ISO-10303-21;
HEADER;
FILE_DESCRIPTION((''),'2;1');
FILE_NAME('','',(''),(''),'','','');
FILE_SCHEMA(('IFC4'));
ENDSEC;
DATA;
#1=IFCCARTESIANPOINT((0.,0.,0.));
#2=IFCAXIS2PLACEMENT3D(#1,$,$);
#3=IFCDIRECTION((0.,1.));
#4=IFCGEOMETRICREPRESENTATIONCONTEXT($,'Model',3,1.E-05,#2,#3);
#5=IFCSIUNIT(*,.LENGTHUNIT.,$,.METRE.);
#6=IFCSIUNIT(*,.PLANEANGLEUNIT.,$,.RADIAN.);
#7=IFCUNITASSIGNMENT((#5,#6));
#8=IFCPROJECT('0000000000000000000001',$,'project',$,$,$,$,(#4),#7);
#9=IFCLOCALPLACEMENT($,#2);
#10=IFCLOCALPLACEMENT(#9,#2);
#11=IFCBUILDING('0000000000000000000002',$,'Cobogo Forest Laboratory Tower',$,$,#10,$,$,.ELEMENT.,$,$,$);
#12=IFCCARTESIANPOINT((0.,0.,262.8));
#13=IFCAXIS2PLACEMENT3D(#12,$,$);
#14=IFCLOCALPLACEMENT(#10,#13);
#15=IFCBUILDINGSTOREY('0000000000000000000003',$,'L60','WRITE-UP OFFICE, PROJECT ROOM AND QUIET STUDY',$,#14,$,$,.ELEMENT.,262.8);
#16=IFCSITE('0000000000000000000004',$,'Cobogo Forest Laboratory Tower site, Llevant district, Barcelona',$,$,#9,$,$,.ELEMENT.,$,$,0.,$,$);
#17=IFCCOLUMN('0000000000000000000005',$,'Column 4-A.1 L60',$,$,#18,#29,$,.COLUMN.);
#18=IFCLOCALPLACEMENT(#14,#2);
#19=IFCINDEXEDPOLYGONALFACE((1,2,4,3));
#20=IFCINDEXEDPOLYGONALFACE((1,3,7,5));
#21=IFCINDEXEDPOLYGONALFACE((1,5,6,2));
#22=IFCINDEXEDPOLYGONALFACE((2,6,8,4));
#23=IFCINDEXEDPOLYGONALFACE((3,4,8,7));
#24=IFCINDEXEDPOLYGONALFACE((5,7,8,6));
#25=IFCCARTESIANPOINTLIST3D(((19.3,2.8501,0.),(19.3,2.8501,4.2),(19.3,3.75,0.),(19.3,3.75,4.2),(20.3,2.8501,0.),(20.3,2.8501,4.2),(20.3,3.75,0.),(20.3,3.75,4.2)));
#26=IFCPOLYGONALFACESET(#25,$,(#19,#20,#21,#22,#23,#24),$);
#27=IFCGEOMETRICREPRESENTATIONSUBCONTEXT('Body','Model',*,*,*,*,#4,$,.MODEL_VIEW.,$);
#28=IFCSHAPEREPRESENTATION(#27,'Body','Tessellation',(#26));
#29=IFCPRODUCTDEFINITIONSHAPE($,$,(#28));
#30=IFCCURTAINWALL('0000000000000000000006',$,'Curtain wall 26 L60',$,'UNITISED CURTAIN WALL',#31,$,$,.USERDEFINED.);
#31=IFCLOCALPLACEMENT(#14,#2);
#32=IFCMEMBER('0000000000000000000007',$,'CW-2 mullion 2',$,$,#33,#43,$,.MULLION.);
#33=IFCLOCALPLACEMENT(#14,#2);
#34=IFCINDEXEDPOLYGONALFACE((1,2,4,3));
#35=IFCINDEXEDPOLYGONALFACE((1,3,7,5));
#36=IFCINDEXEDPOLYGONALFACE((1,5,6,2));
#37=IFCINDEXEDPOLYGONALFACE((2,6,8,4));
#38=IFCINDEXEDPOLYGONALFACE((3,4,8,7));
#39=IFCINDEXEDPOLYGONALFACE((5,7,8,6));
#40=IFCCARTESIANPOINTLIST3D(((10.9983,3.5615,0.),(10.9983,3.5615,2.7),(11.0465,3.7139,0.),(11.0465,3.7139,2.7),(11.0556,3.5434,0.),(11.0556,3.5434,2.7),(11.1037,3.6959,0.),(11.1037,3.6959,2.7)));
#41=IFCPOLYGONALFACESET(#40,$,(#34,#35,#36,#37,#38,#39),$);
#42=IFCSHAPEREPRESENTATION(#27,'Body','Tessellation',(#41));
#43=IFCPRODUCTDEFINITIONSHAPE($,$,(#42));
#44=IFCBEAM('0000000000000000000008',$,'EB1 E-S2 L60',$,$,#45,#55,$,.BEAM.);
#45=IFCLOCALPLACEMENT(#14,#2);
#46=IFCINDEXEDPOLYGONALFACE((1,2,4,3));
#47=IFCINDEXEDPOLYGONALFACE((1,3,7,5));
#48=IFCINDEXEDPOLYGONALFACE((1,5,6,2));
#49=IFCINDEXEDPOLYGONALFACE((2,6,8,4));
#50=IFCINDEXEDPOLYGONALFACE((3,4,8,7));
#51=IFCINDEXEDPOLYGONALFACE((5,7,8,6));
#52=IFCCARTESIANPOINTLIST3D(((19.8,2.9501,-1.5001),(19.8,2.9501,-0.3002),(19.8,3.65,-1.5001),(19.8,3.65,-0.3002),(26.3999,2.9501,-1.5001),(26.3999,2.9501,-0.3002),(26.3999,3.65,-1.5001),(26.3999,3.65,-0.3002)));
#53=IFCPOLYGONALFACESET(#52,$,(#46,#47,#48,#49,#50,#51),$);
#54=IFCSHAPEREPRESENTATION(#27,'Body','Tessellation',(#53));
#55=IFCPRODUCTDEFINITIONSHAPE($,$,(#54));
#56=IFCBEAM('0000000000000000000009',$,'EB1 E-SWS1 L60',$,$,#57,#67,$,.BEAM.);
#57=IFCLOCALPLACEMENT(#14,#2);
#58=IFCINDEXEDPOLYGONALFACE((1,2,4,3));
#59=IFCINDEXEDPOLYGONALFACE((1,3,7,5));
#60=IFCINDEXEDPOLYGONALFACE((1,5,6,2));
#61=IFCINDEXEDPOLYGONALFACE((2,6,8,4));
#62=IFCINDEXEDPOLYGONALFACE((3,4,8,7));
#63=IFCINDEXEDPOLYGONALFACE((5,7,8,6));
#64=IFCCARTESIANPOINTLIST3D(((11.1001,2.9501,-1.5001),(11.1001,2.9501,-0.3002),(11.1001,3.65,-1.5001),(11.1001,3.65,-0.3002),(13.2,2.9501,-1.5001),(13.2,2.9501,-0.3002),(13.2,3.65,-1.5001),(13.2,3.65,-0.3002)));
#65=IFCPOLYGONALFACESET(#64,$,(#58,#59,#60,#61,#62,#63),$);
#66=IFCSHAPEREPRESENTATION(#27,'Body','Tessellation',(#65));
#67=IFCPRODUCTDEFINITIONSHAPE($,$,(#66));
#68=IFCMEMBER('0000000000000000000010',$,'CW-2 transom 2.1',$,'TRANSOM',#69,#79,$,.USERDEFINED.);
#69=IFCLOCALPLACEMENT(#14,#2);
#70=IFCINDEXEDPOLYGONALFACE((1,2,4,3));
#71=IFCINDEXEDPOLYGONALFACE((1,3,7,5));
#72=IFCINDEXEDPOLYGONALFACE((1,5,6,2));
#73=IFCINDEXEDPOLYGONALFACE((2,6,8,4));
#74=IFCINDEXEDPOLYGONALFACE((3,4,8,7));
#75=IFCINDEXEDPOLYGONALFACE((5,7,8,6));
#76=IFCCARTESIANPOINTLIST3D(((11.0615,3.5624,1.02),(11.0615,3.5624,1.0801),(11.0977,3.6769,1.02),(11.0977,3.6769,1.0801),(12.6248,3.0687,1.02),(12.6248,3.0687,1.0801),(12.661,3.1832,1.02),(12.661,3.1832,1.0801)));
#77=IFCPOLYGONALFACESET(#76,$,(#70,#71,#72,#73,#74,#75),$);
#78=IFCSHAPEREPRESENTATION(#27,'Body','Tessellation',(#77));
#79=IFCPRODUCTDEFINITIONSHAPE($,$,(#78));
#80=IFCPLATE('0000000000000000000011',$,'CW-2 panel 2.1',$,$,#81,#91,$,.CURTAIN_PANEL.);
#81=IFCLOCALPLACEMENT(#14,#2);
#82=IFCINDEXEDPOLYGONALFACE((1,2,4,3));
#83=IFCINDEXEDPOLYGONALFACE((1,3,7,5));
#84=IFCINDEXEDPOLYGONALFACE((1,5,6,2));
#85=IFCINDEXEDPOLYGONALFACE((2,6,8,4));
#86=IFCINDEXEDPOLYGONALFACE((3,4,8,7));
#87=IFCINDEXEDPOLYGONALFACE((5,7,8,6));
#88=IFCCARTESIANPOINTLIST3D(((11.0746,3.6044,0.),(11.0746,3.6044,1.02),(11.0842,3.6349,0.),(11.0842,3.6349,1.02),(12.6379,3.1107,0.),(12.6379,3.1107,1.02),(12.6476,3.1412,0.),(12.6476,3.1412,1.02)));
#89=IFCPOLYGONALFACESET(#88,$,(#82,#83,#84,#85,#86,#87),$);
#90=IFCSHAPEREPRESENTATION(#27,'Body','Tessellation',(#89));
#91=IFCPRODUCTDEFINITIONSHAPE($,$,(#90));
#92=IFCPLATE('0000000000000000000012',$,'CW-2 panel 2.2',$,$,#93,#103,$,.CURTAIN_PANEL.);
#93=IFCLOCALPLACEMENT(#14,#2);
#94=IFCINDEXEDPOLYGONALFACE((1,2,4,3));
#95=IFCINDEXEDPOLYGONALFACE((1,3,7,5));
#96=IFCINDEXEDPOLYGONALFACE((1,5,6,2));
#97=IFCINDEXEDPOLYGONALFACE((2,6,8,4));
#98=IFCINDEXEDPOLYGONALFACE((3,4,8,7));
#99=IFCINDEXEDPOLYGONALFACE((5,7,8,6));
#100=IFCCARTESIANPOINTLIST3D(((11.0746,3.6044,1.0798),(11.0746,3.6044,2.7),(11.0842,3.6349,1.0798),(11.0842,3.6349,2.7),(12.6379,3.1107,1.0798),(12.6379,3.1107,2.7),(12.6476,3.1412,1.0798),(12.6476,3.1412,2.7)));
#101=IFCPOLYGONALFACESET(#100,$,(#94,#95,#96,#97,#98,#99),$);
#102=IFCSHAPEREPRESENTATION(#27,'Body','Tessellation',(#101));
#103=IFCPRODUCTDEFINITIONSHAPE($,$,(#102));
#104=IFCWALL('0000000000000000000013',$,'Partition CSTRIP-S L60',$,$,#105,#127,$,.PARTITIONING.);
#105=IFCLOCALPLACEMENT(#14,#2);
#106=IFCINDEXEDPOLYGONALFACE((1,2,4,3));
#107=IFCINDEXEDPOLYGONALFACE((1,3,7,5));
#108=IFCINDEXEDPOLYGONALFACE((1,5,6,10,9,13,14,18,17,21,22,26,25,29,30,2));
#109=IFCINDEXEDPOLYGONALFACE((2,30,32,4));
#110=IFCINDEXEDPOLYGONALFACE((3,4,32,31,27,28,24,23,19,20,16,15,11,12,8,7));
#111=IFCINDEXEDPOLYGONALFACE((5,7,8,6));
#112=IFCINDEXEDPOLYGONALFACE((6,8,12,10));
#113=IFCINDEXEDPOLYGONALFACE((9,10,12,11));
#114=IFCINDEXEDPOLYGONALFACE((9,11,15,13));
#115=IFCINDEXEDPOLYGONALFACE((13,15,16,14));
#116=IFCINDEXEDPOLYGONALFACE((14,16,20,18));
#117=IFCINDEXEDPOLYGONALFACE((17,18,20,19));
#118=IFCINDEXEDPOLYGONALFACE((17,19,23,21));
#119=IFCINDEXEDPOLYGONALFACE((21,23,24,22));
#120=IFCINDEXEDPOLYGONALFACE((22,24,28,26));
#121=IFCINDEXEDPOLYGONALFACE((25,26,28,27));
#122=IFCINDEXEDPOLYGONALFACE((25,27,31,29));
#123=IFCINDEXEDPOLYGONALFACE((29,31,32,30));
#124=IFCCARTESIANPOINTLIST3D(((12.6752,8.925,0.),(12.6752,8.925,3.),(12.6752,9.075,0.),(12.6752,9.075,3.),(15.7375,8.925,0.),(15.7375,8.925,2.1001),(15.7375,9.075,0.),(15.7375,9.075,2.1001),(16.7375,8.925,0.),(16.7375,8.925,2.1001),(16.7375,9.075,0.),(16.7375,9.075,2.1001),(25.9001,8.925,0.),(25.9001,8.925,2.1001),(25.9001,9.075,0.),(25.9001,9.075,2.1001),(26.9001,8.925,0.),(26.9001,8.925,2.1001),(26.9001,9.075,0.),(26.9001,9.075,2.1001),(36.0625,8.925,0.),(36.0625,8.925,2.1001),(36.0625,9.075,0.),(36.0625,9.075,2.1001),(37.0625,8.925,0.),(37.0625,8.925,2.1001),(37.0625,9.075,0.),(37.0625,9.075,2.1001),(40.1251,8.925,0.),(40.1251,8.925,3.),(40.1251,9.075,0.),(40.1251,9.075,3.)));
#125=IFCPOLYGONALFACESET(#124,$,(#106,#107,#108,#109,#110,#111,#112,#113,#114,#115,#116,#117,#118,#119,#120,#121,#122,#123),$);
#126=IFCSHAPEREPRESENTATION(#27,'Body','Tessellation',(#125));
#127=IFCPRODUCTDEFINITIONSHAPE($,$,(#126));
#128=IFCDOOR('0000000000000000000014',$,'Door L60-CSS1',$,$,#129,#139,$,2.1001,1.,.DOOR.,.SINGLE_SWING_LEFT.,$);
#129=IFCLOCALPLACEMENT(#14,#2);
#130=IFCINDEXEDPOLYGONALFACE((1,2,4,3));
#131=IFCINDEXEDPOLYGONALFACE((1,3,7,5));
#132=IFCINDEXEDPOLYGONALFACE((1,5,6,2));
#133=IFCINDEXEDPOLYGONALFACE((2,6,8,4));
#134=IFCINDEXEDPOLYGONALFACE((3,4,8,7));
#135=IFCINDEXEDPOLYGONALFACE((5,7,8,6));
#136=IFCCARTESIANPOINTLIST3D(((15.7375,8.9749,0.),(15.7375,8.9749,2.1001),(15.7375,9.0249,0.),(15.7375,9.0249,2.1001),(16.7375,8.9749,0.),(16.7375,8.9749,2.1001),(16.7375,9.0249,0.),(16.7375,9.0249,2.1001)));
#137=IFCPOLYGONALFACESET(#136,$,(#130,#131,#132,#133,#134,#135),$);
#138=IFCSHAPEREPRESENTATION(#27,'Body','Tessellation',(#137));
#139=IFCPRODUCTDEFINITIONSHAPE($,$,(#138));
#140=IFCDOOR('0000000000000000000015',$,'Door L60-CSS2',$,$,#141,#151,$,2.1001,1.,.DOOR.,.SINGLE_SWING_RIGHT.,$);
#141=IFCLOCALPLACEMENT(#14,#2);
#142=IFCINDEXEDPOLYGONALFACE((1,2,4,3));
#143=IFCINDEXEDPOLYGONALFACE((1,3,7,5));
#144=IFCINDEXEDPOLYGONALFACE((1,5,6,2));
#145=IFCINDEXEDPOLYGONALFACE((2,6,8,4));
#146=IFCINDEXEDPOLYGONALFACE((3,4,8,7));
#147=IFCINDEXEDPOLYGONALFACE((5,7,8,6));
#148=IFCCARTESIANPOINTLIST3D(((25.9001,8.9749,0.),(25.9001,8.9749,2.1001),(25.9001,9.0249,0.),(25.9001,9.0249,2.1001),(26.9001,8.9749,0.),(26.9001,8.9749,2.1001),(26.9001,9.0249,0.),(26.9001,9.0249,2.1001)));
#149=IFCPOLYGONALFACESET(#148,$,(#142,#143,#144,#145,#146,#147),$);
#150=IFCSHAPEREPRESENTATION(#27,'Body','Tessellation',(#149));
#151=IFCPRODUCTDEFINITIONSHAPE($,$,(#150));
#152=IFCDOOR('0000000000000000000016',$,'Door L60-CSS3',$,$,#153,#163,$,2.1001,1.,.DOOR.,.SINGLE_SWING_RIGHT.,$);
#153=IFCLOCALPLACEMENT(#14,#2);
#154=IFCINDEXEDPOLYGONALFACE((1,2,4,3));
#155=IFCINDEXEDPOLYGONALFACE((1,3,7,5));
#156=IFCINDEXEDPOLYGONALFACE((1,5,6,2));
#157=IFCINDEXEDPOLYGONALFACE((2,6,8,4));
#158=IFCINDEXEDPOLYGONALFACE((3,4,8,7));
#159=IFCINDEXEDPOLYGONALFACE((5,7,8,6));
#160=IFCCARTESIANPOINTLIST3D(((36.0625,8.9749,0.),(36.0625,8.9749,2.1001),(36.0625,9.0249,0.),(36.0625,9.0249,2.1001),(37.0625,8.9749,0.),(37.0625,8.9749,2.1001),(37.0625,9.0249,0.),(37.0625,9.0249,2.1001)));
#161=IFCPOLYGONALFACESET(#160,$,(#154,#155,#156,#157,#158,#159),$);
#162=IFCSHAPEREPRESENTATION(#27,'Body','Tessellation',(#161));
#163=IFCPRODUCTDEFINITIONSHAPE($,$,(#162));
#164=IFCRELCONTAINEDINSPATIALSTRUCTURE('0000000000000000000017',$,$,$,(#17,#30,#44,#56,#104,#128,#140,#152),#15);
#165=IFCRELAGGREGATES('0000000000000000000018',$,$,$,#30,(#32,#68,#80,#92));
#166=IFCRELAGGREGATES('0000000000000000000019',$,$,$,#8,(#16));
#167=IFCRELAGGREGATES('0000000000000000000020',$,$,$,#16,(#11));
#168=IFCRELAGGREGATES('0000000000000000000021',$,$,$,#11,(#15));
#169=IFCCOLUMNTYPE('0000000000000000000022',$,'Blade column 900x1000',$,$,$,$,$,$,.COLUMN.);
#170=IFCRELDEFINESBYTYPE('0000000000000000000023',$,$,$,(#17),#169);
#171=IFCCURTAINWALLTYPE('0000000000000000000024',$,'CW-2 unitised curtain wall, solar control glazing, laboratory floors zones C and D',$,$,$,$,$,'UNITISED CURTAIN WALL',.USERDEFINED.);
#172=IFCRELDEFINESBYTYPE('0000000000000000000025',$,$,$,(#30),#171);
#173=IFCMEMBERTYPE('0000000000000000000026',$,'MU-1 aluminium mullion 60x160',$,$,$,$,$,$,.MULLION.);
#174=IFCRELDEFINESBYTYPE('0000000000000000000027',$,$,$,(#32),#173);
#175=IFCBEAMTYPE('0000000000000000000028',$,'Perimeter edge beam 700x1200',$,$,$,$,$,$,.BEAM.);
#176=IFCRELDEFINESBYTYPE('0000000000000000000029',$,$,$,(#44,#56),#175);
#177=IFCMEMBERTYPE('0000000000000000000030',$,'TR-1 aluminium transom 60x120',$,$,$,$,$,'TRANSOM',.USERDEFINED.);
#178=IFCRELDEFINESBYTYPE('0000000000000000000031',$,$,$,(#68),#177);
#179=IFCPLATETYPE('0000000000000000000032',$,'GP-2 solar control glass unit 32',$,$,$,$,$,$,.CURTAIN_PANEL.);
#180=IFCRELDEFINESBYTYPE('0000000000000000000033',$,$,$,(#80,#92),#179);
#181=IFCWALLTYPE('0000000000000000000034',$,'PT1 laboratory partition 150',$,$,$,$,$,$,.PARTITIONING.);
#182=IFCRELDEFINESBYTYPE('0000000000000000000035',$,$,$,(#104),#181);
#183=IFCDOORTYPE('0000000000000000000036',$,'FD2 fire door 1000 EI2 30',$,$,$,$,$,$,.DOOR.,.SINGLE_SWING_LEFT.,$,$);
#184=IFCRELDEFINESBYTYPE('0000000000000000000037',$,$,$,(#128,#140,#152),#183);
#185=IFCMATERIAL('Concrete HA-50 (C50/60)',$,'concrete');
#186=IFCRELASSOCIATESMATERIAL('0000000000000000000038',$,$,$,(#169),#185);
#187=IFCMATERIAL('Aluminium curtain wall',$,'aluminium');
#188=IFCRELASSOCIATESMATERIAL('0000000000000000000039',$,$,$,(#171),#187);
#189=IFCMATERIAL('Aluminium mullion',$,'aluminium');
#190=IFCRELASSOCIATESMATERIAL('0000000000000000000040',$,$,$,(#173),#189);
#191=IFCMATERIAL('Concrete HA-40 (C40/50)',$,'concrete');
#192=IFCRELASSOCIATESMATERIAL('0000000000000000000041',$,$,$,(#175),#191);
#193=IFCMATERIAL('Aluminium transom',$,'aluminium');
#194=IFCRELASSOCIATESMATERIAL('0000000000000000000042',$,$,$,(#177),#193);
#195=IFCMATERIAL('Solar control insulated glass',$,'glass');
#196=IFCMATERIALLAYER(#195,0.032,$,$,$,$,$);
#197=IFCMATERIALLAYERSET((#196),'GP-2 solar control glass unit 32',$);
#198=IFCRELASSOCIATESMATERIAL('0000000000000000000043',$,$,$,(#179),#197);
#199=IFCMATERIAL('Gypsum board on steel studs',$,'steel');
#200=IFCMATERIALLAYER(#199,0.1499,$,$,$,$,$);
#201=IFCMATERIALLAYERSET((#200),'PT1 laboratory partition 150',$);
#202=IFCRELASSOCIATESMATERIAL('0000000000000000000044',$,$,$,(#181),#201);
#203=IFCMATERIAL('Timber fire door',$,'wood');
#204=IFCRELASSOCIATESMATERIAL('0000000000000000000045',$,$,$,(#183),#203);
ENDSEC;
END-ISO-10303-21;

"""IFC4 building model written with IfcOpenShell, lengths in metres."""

from ifc_helpers import new_model, si_unit, direction, frame, frame_2d, origin, origin_2d, place, context, subcontext, project, spatial, rectangle, extrude, material, layer, layer_set, material_profile, profile_set, type_object, element, fill, aggregate, save


model = new_model("IFC4")

# Units and contexts
model_context = context("Model", 3, precision=1e-05, world=origin(), true_north=direction((0.0, 1.0)))
body_context = subcontext(model_context, "Body", "Model", "MODEL_VIEW")
ifc_project = project(units=[si_unit("LENGTHUNIT", "METRE"), si_unit("PLANEANGLEUNIT", "RADIAN")], contexts=[model_context])

# Site, building, storey
site_placement = place(None, origin())
site = spatial("IfcSite", under=ifc_project, at=site_placement, Name="Cobogo Forest Laboratory Tower site, Llevant district, Barcelona", CompositionType="ELEMENT", RefElevation=0.0)
building_placement = place(site_placement, origin())
building = spatial("IfcBuilding", under=site, at=building_placement, Name="Cobogo Forest Laboratory Tower", CompositionType="ELEMENT")
storey_placement = place(building_placement, frame((0.0, 0.0, 262.8)))
storey = spatial("IfcBuildingStorey", under=building, at=storey_placement, Name="L60", Description="WRITE-UP OFFICE, PROJECT ROOM AND QUIET STUDY", CompositionType="ELEMENT", Elevation=262.8)

# Column
ifc_material_1 = material(Name="Concrete HA-50 (C50/60)", Category="concrete")
ifc_material_profile_1 = material_profile(ifc_material_1, rectangle(XDim=1.0, YDim=0.8999, at=origin_2d()), Name="RC 900x1000")
ifc_profile_set_1 = profile_set([ifc_material_profile_1], Name="Concrete HA-50 (C50/60)")
column_type = type_object("IfcColumnType", Name="Blade column 900x1000", PredefinedType="COLUMN", material=ifc_profile_set_1)
column_placement = place(storey_placement, frame((19.8, 3.3, 0.0), z_axis=(0.0, 0.0, 1.0), x_axis=(1.0, 0.0, 0.0)))
element("IfcColumn", 1, at=column_placement, inside=storey, type_object=column_type, Name="Column 4-A.1 L60", PredefinedType="COLUMN", context=body_context, shape_type="SweptSolid", body=[
    extrude(rectangle(XDim=1.0, YDim=0.8999, at=origin_2d()), origin(), (0.0, 0.0, 1.0), 4.2),
])

# Curtain wall, member
ifc_material_2 = material(Name="Aluminium curtain wall", Category="aluminium")
curtain_wall_type = type_object("IfcCurtainWallType", Name="CW-2 unitised curtain wall, solar control glazing, laboratory floors zones C and D", ElementType="UNITISED CURTAIN WALL", PredefinedType="USERDEFINED", material=ifc_material_2)
curtain_wall_placement = place(storey_placement, origin())
curtain_wall = element("IfcCurtainWall", 2, at=curtain_wall_placement, inside=storey, type_object=curtain_wall_type, Name="Curtain wall 26 L60", ObjectType="UNITISED CURTAIN WALL", PredefinedType="USERDEFINED")
ifc_material_3 = material(Name="Aluminium mullion", Category="aluminium")
ifc_material_profile_2 = material_profile(ifc_material_3, rectangle(XDim=0.0601, YDim=0.1599, at=origin_2d()), Name="AL 60x160")
ifc_profile_set_2 = profile_set([ifc_material_profile_2], Name="Aluminium mullion")
member_type_1 = type_object("IfcMemberType", Name="MU-1 aluminium mullion 60x160", PredefinedType="MULLION", material=ifc_profile_set_2)
member_1_placement = place(storey_placement, frame((11.051, 3.6287, 0.0), z_axis=(0.0, 0.0, 1.0), x_axis=(0.953581, -0.301135, 0.0)))
member_1 = element("IfcMember", 3, at=member_1_placement, type_object=member_type_1, Name="CW-2 mullion 2", PredefinedType="MULLION", context=body_context, shape_type="SweptSolid", body=[
    extrude(rectangle(XDim=0.0601, YDim=0.1599, at=origin_2d()), origin(), (0.0, 0.0, 1.0), 2.7),
])

# Beams
ifc_material_4 = material(Name="Concrete HA-40 (C40/50)", Category="concrete")
ifc_material_profile_3 = material_profile(ifc_material_4, rectangle(XDim=0.7, YDim=1.2, at=origin_2d()), Name="RC 700x1200")
ifc_profile_set_3 = profile_set([ifc_material_profile_3], Name="Concrete HA-40 (C40/50)")
beam_type = type_object("IfcBeamType", Name="Perimeter edge beam 700x1200", PredefinedType="BEAM", material=ifc_profile_set_3)
beam_1_placement = place(storey_placement, frame((19.8, 3.3, -0.9001), z_axis=(1.0, 0.0, 0.0), x_axis=(0.0, 1.0, 0.0)))
element("IfcBeam", 4, at=beam_1_placement, inside=storey, type_object=beam_type, Name="EB1 E-S2 L60", PredefinedType="BEAM", context=body_context, shape_type="SweptSolid", body=[
    extrude(rectangle(XDim=0.7, YDim=1.2, at=origin_2d()), origin(), (0.0, 0.0, 1.0), 6.5999),
])
beam_2_placement = place(storey_placement, frame((13.2, 3.3, -0.9001), z_axis=(-1.0, 0.0, 0.0), x_axis=(0.0, -1.0, 0.0)))
element("IfcBeam", 5, at=beam_2_placement, inside=storey, type_object=beam_type, Name="EB1 E-SWS1 L60", PredefinedType="BEAM", context=body_context, shape_type="SweptSolid", body=[
    extrude(rectangle(XDim=0.7, YDim=1.2, at=origin_2d()), origin(), (0.0, 0.0, 1.0), 2.0999),
])

# Member
ifc_material_5 = material(Name="Aluminium transom", Category="aluminium")
ifc_material_profile_4 = material_profile(ifc_material_5, rectangle(XDim=0.1201, YDim=0.0601, at=origin_2d()), Name="AL 60x120")
ifc_profile_set_4 = profile_set([ifc_material_profile_4], Name="Aluminium transom")
member_type_2 = type_object("IfcMemberType", Name="TR-1 aluminium transom 60x120", ElementType="TRANSOM", PredefinedType="USERDEFINED", material=ifc_profile_set_4)
member_2_placement = place(storey_placement, frame((11.0796, 3.6196, 1.05), z_axis=(0.953583, -0.301131, 0.0), x_axis=(0.301131, 0.953583, 0.0)))
member_2 = element("IfcMember", 6, at=member_2_placement, type_object=member_type_2, Name="CW-2 transom 2.1", ObjectType="TRANSOM", PredefinedType="USERDEFINED", context=body_context, shape_type="SweptSolid", body=[
    extrude(rectangle(XDim=0.1201, YDim=0.0601, at=origin_2d()), origin(), (0.0, 0.0, 1.0), 1.6394),
])

# Plates
ifc_material_6 = material(Name="Solar control insulated glass", Category="glass")
ifc_layer_1 = layer(ifc_material_6, 0.032)
ifc_layer_set_1 = layer_set([ifc_layer_1], Name="GP-2 solar control glass unit 32")
plate_type = type_object("IfcPlateType", Name="GP-2 solar control glass unit 32", PredefinedType="CURTAIN_PANEL", material=ifc_layer_set_1)
plate_1_placement = place(storey_placement, frame((11.8611, 3.3728, 0.0), z_axis=(0.0, 0.0, 1.0), x_axis=(0.953581, -0.301135, 0.0)))
plate_1 = element("IfcPlate", 7, at=plate_1_placement, type_object=plate_type, Name="CW-2 panel 2.1", PredefinedType="CURTAIN_PANEL", context=body_context, shape_type="SweptSolid", body=[
    extrude(rectangle(XDim=1.6394, YDim=0.032, at=origin_2d()), origin(), (0.0, 0.0, 1.0), 1.02),
])
plate_2_placement = place(storey_placement, frame((11.8611, 3.3728, 1.0798), z_axis=(0.0, 0.0, 1.0), x_axis=(0.953581, -0.301135, 0.0)))
plate_2 = element("IfcPlate", 8, at=plate_2_placement, type_object=plate_type, Name="CW-2 panel 2.2", PredefinedType="CURTAIN_PANEL", context=body_context, shape_type="SweptSolid", body=[
    extrude(rectangle(XDim=1.6394, YDim=0.032, at=origin_2d()), origin(), (0.0, 0.0, 1.0), 1.6201),
])
aggregate(curtain_wall, [member_1, member_2, plate_1, plate_2])

# Wall, openings, doors
ifc_material_7 = material(Name="Gypsum board on steel studs", Category="steel")
ifc_layer_2 = layer(ifc_material_7, 0.1499)
ifc_layer_set_2 = layer_set([ifc_layer_2], Name="PT1 laboratory partition 150")
wall_type_1 = type_object("IfcWallType", Name="PT1 laboratory partition 150", PredefinedType="PARTITIONING", material=ifc_layer_set_2)
wall_1_placement = place(storey_placement, frame((12.675, 9.0, 0.0), z_axis=(0.0, 0.0, 1.0), x_axis=(1.0, 0.0, 0.0)))
wall_1 = element("IfcWall", 9, at=wall_1_placement, inside=storey, type_object=wall_type_1, Name="Partition CSTRIP-S L60", PredefinedType="PARTITIONING", context=body_context, shape_type="SweptSolid", body=[
    extrude(rectangle(XDim=27.45, YDim=0.1499, at=frame_2d((13.7251, 0.0))), origin(), (0.0, 0.0, 1.0), 3.0),
])
opening_1_placement = place(wall_1_placement, frame((3.0625, 0.0, 0.0)))
opening_1 = element("IfcOpeningElement", 10, at=opening_1_placement, cuts=wall_1, PredefinedType="OPENING", context=body_context, shape_type="SweptSolid", body=[
    extrude(rectangle(XDim=1.0, YDim=2.1001, at=frame_2d((0.5, 1.05))), frame((0.0, 0.085, 0.0), z_axis=(0.0, -1.0, 0.0), x_axis=(1.0, 0.0, 0.0)), (0.0, 0.0, 1.0), 0.1699),
])
opening_2_placement = place(wall_1_placement, frame((13.2251, 0.0, 0.0)))
opening_2 = element("IfcOpeningElement", 11, at=opening_2_placement, cuts=wall_1, PredefinedType="OPENING", context=body_context, shape_type="SweptSolid", body=[
    extrude(rectangle(XDim=1.0, YDim=2.1001, at=frame_2d((0.5, 1.05))), frame((0.0, 0.085, 0.0), z_axis=(0.0, -1.0, 0.0), x_axis=(1.0, 0.0, 0.0)), (0.0, 0.0, 1.0), 0.1699),
])
opening_3_placement = place(wall_1_placement, frame((23.3875, 0.0, 0.0)))
opening_3 = element("IfcOpeningElement", 12, at=opening_3_placement, cuts=wall_1, PredefinedType="OPENING", context=body_context, shape_type="SweptSolid", body=[
    extrude(rectangle(XDim=1.0, YDim=2.1001, at=frame_2d((0.5, 1.05))), frame((0.0, 0.085, 0.0), z_axis=(0.0, -1.0, 0.0), x_axis=(1.0, 0.0, 0.0)), (0.0, 0.0, 1.0), 0.1699),
])
ifc_material_8 = material(Name="Timber fire door", Category="wood")
door_type_1 = type_object("IfcDoorType", Name="FD2 fire door 1000 EI2 30", OperationType="SINGLE_SWING_LEFT", PredefinedType="DOOR", material=ifc_material_8)
door_1_placement = place(opening_1_placement, origin())
door_1 = element("IfcDoor", 13, at=door_1_placement, inside=storey, type_object=door_type_1, Name="Door L60-CSS1", OperationType="SINGLE_SWING_LEFT", OverallHeight=2.1001, OverallWidth=1.0, PredefinedType="DOOR", context=body_context, shape_type="SweptSolid", body=[
    extrude(rectangle(XDim=1.0, YDim=2.1001, at=frame_2d((0.5, 1.05))), frame((0.0, 0.0249, 0.0), z_axis=(0.0, -1.0, 0.0), x_axis=(1.0, 0.0, 0.0)), (0.0, 0.0, 1.0), 0.05),
])
fill(opening_1, door_1)
door_2_placement = place(opening_2_placement, origin())
door_2 = element("IfcDoor", 14, at=door_2_placement, inside=storey, type_object=door_type_1, Name="Door L60-CSS2", OperationType="SINGLE_SWING_RIGHT", OverallHeight=2.1001, OverallWidth=1.0, PredefinedType="DOOR", context=body_context, shape_type="SweptSolid", body=[
    extrude(rectangle(XDim=1.0, YDim=2.1001, at=frame_2d((0.5, 1.05))), frame((0.0, 0.0249, 0.0), z_axis=(0.0, -1.0, 0.0), x_axis=(1.0, 0.0, 0.0)), (0.0, 0.0, 1.0), 0.05),
])
fill(opening_2, door_2)
door_3_placement = place(opening_3_placement, origin())
door_3 = element("IfcDoor", 15, at=door_3_placement, inside=storey, type_object=door_type_1, Name="Door L60-CSS3", OperationType="SINGLE_SWING_RIGHT", OverallHeight=2.1001, OverallWidth=1.0, PredefinedType="DOOR", context=body_context, shape_type="SweptSolid", body=[
    extrude(rectangle(XDim=1.0, YDim=2.1001, at=frame_2d((0.5, 1.05))), frame((0.0, 0.0249, 0.0), z_axis=(0.0, -1.0, 0.0), x_axis=(1.0, 0.0, 0.0)), (0.0, 0.0, 1.0), 0.05),
])
fill(opening_3, door_3)

save(model, "model.ifc")
